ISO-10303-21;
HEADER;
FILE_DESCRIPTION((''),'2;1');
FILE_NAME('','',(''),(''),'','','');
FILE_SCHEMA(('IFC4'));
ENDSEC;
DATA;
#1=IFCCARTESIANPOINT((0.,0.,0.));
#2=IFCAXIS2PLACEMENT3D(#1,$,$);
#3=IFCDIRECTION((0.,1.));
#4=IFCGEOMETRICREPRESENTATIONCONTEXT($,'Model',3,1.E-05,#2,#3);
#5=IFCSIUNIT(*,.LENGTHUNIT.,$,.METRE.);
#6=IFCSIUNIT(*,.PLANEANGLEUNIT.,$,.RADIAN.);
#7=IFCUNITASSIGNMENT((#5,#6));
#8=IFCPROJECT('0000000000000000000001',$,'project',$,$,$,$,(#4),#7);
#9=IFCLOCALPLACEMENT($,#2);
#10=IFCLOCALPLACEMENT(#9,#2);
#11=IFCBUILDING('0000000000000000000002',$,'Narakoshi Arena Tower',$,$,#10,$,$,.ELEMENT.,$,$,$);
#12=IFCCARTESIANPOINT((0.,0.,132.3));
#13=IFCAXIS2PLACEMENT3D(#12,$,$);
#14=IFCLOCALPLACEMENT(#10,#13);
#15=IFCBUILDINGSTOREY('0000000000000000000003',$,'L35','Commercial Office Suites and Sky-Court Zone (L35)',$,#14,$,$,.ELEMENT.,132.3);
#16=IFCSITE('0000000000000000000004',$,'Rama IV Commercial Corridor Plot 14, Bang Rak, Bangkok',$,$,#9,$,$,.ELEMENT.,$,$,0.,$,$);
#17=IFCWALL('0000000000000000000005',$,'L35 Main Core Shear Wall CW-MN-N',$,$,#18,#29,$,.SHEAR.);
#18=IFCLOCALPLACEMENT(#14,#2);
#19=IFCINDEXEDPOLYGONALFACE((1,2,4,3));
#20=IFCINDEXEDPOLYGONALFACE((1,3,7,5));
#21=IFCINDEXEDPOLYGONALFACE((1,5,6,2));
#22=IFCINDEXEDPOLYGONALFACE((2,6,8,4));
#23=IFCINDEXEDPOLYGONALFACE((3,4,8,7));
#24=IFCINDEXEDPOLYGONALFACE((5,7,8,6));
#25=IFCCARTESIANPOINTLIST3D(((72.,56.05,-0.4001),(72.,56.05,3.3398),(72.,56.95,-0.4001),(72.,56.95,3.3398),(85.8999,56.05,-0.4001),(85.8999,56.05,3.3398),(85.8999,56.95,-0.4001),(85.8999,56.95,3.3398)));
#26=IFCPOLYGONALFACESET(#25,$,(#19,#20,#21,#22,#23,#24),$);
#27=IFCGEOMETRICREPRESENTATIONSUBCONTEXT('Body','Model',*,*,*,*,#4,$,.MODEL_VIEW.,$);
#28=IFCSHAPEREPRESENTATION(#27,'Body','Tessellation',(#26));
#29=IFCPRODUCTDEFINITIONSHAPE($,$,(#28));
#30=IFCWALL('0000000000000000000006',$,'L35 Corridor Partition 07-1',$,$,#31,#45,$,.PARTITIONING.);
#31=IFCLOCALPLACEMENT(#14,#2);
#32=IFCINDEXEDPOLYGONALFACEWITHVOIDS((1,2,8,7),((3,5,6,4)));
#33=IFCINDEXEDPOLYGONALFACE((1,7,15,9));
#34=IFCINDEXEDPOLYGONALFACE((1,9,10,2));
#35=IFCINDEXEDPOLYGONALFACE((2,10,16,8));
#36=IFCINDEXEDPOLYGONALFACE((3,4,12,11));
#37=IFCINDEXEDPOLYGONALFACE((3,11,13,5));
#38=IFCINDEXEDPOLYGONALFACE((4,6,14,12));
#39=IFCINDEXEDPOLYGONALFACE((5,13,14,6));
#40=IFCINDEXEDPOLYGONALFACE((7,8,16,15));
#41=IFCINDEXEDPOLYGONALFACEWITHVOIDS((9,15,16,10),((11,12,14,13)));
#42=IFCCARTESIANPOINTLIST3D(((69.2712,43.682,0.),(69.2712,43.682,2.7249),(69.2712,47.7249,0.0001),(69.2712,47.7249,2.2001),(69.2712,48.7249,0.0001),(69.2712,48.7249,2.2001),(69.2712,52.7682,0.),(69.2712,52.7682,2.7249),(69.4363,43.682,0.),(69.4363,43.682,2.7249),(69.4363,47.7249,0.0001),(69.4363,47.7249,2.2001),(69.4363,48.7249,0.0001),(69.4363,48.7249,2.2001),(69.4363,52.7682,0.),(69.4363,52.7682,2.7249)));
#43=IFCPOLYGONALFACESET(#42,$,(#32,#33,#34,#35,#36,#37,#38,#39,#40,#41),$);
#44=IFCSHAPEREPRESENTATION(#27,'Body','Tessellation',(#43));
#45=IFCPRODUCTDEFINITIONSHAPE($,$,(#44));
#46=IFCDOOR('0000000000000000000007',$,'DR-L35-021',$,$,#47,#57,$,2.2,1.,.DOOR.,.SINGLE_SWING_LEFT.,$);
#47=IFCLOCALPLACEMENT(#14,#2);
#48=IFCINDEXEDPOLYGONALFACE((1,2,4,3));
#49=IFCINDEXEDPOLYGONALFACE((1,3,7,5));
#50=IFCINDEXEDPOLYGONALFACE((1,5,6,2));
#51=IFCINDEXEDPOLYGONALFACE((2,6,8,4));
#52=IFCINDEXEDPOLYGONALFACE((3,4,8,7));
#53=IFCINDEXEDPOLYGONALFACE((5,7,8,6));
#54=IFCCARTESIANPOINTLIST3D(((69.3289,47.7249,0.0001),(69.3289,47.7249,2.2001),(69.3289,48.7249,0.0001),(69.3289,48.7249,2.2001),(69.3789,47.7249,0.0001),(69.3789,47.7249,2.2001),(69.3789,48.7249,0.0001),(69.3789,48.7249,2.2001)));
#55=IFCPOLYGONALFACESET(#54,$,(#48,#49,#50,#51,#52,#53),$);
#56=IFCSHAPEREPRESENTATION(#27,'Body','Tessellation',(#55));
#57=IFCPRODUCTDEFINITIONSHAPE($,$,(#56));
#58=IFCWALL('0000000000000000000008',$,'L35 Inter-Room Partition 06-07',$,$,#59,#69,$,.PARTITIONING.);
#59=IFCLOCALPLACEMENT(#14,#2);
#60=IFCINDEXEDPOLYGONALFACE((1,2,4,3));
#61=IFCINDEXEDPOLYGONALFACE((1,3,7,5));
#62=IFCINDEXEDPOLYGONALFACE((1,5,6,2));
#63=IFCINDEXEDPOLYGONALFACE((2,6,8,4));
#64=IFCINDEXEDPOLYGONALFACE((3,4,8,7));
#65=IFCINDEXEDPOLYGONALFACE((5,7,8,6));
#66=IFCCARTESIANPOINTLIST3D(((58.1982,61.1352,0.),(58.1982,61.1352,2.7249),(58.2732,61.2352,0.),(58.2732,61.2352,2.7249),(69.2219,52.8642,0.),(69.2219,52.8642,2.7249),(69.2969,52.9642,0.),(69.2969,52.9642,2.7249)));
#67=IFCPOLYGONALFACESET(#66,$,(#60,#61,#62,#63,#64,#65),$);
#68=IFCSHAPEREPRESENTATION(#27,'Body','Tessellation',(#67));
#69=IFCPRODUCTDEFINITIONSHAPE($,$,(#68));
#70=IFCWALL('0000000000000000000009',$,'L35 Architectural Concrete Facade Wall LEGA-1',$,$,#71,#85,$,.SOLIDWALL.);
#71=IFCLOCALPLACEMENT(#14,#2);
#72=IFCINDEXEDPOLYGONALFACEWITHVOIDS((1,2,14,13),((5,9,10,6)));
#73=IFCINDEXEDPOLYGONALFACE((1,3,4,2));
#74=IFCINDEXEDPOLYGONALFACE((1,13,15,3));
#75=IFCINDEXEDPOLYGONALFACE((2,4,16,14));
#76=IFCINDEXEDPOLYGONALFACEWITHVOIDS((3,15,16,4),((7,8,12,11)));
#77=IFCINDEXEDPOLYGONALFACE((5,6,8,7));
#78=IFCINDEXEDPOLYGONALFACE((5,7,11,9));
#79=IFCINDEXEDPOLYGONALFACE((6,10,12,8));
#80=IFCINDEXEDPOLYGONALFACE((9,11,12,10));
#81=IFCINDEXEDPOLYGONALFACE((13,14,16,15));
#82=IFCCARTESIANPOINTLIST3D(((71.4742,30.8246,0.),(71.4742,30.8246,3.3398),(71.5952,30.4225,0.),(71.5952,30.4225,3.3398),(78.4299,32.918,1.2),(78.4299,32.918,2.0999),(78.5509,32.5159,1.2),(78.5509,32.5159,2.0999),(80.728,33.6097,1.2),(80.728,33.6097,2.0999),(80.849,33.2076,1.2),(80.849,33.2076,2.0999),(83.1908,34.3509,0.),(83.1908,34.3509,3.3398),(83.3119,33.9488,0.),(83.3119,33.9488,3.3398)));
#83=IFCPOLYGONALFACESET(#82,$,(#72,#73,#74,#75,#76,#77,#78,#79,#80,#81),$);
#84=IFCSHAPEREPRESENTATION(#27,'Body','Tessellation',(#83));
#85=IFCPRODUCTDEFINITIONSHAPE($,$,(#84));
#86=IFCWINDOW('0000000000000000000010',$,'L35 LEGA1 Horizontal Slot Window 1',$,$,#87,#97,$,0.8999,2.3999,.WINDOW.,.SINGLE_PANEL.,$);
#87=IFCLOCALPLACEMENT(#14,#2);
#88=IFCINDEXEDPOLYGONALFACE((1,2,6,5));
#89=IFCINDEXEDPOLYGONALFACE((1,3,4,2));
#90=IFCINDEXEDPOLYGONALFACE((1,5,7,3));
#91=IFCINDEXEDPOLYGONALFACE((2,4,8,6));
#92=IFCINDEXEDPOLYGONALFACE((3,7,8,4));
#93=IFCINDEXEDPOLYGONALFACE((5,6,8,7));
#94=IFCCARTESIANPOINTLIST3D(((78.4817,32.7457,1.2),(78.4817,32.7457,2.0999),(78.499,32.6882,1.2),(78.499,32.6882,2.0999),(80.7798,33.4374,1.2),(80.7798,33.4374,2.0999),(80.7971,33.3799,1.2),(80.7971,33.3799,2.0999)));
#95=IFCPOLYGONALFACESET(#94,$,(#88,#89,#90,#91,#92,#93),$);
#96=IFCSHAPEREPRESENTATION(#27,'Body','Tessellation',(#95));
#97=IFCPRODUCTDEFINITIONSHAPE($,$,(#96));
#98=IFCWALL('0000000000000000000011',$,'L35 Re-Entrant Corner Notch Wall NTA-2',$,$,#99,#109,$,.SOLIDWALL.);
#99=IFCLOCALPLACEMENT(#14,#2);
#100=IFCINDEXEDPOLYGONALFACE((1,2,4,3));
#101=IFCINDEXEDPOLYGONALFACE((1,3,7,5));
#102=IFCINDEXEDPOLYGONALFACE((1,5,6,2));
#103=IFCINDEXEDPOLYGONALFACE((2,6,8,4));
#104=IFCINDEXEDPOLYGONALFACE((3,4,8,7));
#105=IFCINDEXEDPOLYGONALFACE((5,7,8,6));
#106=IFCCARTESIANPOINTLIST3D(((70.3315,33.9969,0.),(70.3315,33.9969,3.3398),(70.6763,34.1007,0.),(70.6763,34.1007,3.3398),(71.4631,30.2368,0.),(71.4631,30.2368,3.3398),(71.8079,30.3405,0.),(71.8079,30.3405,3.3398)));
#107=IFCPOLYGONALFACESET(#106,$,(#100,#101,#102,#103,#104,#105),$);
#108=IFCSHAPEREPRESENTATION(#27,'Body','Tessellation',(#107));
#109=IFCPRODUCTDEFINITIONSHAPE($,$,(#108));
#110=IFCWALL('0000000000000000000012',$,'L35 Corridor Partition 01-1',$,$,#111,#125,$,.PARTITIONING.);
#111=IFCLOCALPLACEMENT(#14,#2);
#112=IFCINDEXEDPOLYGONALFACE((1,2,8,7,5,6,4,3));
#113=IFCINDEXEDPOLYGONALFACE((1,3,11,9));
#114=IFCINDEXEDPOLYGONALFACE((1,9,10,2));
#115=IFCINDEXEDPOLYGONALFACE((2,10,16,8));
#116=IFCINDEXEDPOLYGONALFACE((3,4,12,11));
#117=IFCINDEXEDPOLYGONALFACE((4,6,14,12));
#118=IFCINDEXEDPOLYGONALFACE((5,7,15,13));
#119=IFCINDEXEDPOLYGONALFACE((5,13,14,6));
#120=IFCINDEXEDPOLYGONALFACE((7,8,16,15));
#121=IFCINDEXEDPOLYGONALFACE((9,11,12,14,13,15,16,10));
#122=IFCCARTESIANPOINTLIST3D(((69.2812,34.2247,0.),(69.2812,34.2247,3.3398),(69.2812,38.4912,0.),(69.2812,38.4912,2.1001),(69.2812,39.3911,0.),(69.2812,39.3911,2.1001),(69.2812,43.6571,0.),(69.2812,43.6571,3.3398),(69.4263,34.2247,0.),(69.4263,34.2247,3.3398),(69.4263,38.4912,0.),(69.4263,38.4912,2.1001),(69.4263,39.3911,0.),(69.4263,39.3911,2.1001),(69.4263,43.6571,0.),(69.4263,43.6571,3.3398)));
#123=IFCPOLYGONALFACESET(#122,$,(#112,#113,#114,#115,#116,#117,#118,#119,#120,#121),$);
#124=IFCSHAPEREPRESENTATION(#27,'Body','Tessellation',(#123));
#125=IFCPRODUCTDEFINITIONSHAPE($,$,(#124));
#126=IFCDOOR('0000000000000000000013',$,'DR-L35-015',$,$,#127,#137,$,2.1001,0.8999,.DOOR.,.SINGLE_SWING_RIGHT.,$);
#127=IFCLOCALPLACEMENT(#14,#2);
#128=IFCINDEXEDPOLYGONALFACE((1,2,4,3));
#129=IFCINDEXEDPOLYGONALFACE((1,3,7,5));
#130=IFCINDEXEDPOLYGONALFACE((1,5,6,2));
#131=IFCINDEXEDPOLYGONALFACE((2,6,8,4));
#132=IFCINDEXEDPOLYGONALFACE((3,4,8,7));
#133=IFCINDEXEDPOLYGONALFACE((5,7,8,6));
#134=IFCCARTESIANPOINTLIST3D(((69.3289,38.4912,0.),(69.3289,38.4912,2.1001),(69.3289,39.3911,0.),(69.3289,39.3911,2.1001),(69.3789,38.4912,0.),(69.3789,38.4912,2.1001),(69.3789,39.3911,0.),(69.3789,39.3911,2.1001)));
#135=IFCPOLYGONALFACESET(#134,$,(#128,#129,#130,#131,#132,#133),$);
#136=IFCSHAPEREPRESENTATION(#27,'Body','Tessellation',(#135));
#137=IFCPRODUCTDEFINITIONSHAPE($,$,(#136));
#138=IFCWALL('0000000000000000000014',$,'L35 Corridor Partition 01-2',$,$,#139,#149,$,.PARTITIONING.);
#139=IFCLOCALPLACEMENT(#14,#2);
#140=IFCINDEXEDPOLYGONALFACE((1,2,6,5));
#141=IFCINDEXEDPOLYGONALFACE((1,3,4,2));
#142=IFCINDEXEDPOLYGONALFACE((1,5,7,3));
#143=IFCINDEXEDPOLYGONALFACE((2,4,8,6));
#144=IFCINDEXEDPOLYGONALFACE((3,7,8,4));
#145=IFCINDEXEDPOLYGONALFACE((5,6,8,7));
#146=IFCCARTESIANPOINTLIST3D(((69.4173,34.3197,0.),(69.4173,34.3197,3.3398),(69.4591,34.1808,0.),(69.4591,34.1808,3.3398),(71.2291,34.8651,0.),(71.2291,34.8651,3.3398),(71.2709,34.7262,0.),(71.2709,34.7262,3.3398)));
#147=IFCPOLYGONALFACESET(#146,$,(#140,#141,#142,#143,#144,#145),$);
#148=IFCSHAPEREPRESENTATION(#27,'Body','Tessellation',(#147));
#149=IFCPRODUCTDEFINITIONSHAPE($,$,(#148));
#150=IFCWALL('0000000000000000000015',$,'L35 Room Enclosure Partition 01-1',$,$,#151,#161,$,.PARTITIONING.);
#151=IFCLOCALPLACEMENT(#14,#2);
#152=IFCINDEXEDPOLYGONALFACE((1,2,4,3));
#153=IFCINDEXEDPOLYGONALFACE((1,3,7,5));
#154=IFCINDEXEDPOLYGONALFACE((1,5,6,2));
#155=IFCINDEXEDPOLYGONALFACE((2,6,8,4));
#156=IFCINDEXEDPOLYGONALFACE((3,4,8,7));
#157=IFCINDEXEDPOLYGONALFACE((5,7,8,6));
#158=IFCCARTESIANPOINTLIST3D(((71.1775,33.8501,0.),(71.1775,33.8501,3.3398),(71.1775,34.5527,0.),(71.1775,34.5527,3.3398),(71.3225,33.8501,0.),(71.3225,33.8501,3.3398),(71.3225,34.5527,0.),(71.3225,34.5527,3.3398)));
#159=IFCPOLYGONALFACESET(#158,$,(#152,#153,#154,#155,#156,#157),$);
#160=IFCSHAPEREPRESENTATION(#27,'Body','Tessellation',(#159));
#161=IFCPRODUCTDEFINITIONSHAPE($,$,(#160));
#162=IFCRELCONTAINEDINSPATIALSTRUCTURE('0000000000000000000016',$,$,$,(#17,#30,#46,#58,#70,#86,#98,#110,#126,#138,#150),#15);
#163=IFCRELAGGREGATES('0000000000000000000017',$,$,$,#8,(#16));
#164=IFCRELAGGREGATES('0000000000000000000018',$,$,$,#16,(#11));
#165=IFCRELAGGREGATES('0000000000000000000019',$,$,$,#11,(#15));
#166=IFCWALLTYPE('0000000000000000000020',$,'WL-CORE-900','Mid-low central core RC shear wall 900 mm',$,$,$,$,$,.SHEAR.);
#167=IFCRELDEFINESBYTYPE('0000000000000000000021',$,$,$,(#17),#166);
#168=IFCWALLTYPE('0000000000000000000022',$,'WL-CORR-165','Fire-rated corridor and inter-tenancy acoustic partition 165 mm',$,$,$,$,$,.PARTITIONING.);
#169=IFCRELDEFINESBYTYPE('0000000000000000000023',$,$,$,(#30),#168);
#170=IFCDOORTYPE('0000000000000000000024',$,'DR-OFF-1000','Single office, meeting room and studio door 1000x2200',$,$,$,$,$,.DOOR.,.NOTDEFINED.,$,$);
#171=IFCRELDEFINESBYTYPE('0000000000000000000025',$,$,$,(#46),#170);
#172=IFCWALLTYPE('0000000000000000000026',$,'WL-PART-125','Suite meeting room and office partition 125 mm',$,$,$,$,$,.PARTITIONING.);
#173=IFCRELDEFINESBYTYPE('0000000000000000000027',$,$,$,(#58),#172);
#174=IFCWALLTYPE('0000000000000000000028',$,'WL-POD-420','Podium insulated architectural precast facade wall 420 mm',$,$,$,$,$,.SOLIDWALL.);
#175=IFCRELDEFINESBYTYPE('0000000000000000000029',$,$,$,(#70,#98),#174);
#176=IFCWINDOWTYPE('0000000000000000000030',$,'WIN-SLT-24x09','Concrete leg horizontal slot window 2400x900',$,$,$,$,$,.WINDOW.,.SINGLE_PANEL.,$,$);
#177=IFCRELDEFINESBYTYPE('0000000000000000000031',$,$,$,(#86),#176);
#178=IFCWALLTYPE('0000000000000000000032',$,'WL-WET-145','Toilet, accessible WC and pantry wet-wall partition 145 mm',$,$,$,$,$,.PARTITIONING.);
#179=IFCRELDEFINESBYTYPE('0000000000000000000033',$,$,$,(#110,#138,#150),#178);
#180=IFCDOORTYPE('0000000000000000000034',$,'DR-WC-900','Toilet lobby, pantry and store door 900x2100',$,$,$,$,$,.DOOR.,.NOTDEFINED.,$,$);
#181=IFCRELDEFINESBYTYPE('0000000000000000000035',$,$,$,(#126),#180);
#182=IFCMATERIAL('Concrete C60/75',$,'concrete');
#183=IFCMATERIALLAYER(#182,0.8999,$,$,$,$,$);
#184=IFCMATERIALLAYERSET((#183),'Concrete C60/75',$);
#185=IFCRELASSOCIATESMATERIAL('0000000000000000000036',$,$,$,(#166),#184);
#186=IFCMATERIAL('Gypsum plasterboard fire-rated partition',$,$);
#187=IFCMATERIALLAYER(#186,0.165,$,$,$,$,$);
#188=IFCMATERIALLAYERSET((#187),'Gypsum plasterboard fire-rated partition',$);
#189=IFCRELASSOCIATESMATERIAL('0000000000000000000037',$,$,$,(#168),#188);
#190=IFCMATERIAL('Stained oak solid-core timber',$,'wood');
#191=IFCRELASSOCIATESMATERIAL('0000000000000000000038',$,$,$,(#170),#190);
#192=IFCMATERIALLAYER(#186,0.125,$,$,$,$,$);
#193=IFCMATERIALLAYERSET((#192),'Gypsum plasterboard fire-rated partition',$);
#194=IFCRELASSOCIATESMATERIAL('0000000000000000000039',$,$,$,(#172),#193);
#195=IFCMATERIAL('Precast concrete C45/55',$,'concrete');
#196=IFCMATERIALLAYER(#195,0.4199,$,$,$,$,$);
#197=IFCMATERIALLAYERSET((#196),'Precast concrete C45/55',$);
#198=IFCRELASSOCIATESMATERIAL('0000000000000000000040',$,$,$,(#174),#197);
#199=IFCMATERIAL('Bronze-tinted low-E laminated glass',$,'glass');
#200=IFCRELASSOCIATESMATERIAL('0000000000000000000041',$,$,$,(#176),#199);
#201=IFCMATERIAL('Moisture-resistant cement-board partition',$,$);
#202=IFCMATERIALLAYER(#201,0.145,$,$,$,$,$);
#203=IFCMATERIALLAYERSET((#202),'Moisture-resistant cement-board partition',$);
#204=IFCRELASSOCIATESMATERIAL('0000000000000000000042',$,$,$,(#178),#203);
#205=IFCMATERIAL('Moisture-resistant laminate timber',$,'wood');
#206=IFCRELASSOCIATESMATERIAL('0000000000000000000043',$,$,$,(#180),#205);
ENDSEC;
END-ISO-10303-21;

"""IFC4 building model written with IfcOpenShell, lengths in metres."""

from ifc_helpers import new_model, si_unit, direction, frame, frame_2d, origin, place, context, subcontext, project, spatial, rectangle, extrude, material, layer, layer_set, type_object, element, fill, save


model = new_model("IFC4")

# Units and contexts
model_context = context("Model", 3, precision=1e-05, world=origin(), true_north=direction((0.0, 1.0)))
body_context = subcontext(model_context, "Body", "Model", "MODEL_VIEW")
ifc_project = project(units=[si_unit("LENGTHUNIT", "METRE"), si_unit("PLANEANGLEUNIT", "RADIAN")], contexts=[model_context])

# Site, building, storey
site_placement = place(None, origin())
site = spatial("IfcSite", under=ifc_project, at=site_placement, Name="Rama IV Commercial Corridor Plot 14, Bang Rak, Bangkok", CompositionType="ELEMENT", RefElevation=0.0)
building_placement = place(site_placement, origin())
building = spatial("IfcBuilding", under=site, at=building_placement, Name="Narakoshi Arena Tower", CompositionType="ELEMENT")
storey_placement = place(building_placement, frame((0.0, 0.0, 132.3)))
storey = spatial("IfcBuildingStorey", under=building, at=storey_placement, Name="L35", Description="Commercial Office Suites and Sky-Court Zone (L35)", CompositionType="ELEMENT", Elevation=132.3)

# Shared definitions
ifc_material_1 = material(Name="Concrete C60/75", Category="concrete")

# Wall
ifc_layer_1 = layer(ifc_material_1, 0.8999)
ifc_layer_set_1 = layer_set([ifc_layer_1], Name="Concrete C60/75")
wall_type_1 = type_object("IfcWallType", Name="WL-CORE-900", Description="Mid-low central core RC shear wall 900 mm", PredefinedType="SHEAR", material=ifc_layer_set_1)
for number, where, z_axis, x_axis, name in (
    (1, (72.0, 56.5, -0.4001), (0.0, 0.0, 1.0), (1.0, 0.0, 0.0), "L35 Main Core Shear Wall CW-MN-N"),
):
    element("IfcWall", number, at=place(storey_placement, frame(where, z_axis=z_axis, x_axis=x_axis)), inside=storey, type_object=wall_type_1, Name=name, PredefinedType="SHEAR", context=body_context, shape_type="SweptSolid", body=[
        extrude(rectangle(XDim=13.8999, YDim=0.8999, at=frame_2d((6.95, 0.0))), origin(), (0.0, 0.0, 1.0), 3.74),
    ])

# Wall, opening, door
ifc_material_2 = material(Name="Gypsum plasterboard fire-rated partition")
ifc_layer_2 = layer(ifc_material_2, 0.165)
ifc_layer_set_2 = layer_set([ifc_layer_2], Name="Gypsum plasterboard fire-rated partition")
wall_type_2 = type_object("IfcWallType", Name="WL-CORR-165", Description="Fire-rated corridor and inter-tenancy acoustic partition 165 mm", PredefinedType="PARTITIONING", material=ifc_layer_set_2)
wall_1_placement = place(storey_placement, frame((69.3538, 52.7681, 0.0), z_axis=(0.0, 0.0, 1.0), x_axis=(0.0, -1.0, 0.0)))
wall_1 = element("IfcWall", 2, at=wall_1_placement, inside=storey, type_object=wall_type_2, Name="L35 Corridor Partition 07-1", PredefinedType="PARTITIONING", context=body_context, shape_type="SweptSolid", body=[
    extrude(rectangle(XDim=9.0862, YDim=0.165, at=frame_2d((4.543, 0.0))), origin(), (0.0, 0.0, 1.0), 2.7249),
])
opening_1_placement = place(wall_1_placement, frame((4.0432, 0.0, 0.0)))
opening_1 = element("IfcOpeningElement", 3, at=opening_1_placement, cuts=wall_1, PredefinedType="OPENING", context=body_context, shape_type="SweptSolid", body=[
    extrude(rectangle(XDim=1.0, YDim=2.2, at=frame_2d((0.5, 1.1001))), frame((0.0, 0.0925, 0.0), z_axis=(0.0, -1.0, 0.0), x_axis=(1.0, 0.0, 0.0)), (0.0, 0.0, 1.0), 0.1851),
])
ifc_material_3 = material(Name="Stained oak solid-core timber", Category="wood")
door_type_1 = type_object("IfcDoorType", Name="DR-OFF-1000", Description="Single office, meeting room and studio door 1000x2200", OperationType="NOTDEFINED", PredefinedType="DOOR", material=ifc_material_3)
door_1_placement = place(opening_1_placement, frame((1.0, 0.0, 0.0), z_axis=(0.0, 0.0, 1.0), x_axis=(-1.0, 0.0, 0.0)))
door_1 = element("IfcDoor", 4, at=door_1_placement, inside=storey, type_object=door_type_1, Name="DR-L35-021", OperationType="SINGLE_SWING_LEFT", OverallHeight=2.2, OverallWidth=1.0, PredefinedType="DOOR", context=body_context, shape_type="SweptSolid", body=[
    extrude(rectangle(XDim=1.0, YDim=2.2, at=frame_2d((0.5, 1.1001))), frame((0.0, 0.0249, 0.0), z_axis=(0.0, -1.0, 0.0), x_axis=(1.0, 0.0, 0.0)), (0.0, 0.0, 1.0), 0.05),
])
fill(opening_1, door_1)

# Wall
ifc_layer_3 = layer(ifc_material_2, 0.125)
ifc_layer_set_3 = layer_set([ifc_layer_3], Name="Gypsum plasterboard fire-rated partition")
wall_type_3 = type_object("IfcWallType", Name="WL-PART-125", Description="Suite meeting room and office partition 125 mm", PredefinedType="PARTITIONING", material=ifc_layer_set_3)
wall_2_placement = place(storey_placement, frame((69.2593, 52.9143, 0.0), z_axis=(0.0, 0.0, 1.0), x_axis=(-0.799887, 0.60015, 0.0)))
element("IfcWall", 5, at=wall_2_placement, inside=storey, type_object=wall_type_3, Name="L35 Inter-Room Partition 06-07", PredefinedType="PARTITIONING", context=body_context, shape_type="SweptSolid", body=[
    extrude(rectangle(XDim=13.7815, YDim=0.125, at=frame_2d((6.8906, 0.0))), origin(), (0.0, 0.0, 1.0), 2.7249),
])

# Wall, opening, window
ifc_material_4 = material(Name="Precast concrete C45/55", Category="concrete")
ifc_layer_4 = layer(ifc_material_4, 0.4199)
ifc_layer_set_4 = layer_set([ifc_layer_4], Name="Precast concrete C45/55")
wall_type_4 = type_object("IfcWallType", Name="WL-POD-420", Description="Podium insulated architectural precast facade wall 420 mm", PredefinedType="SOLIDWALL", material=ifc_layer_set_4)
wall_3_placement = place(storey_placement, frame((71.5347, 30.6235, 0.0), z_axis=(0.0, 0.0, 1.0), x_axis=(0.957571, 0.288197, 0.0)))
wall_3 = element("IfcWall", 6, at=wall_3_placement, inside=storey, type_object=wall_type_4, Name="L35 Architectural Concrete Facade Wall LEGA-1", PredefinedType="SOLIDWALL", context=body_context, shape_type="SweptSolid", body=[
    extrude(rectangle(XDim=12.2358, YDim=0.4199, at=frame_2d((6.1179, 0.0))), origin(), (0.0, 0.0, 1.0), 3.3398),
])
opening_2_placement = place(wall_3_placement, frame((7.2639, 0.0, 1.2)))
opening_2 = element("IfcOpeningElement", 7, at=opening_2_placement, cuts=wall_3, PredefinedType="OPENING", context=body_context, shape_type="SweptSolid", body=[
    extrude(rectangle(XDim=2.3999, YDim=0.8999, at=frame_2d((1.2, 0.45))), frame((0.0, 0.22, 0.0), z_axis=(0.0, -1.0, 0.0), x_axis=(1.0, 0.0, 0.0)), (0.0, 0.0, 1.0), 0.4399),
])
ifc_material_5 = material(Name="Bronze-tinted low-E laminated glass", Category="glass")
window_type = type_object("IfcWindowType", Name="WIN-SLT-24x09", Description="Concrete leg horizontal slot window 2400x900", PartitioningType="SINGLE_PANEL", PredefinedType="WINDOW", material=ifc_material_5)
window_placement = place(opening_2_placement, origin())
window = element("IfcWindow", 8, at=window_placement, inside=storey, type_object=window_type, Name="L35 LEGA1 Horizontal Slot Window 1", OverallHeight=0.8999, OverallWidth=2.3999, PartitioningType="SINGLE_PANEL", PredefinedType="WINDOW", context=body_context, shape_type="SweptSolid", body=[
    extrude(rectangle(XDim=2.3999, YDim=0.8999, at=frame_2d((1.2, 0.45))), frame((0.0, 0.03, 0.0), z_axis=(0.0, -1.0, 0.0), x_axis=(1.0, 0.0, 0.0)), (0.0, 0.0, 1.0), 0.0601),
])
fill(opening_2, window)

# Wall
wall_4_placement = place(storey_placement, frame((70.5039, 34.0488, 0.0), z_axis=(0.0, 0.0, 1.0), x_axis=(0.288169, -0.95758, 0.0)))
element("IfcWall", 9, at=wall_4_placement, inside=storey, type_object=wall_type_4, Name="L35 Re-Entrant Corner Notch Wall NTA-2", PredefinedType="SOLIDWALL", context=body_context, shape_type="SweptSolid", body=[
    extrude(rectangle(XDim=3.9268, YDim=0.3601, at=frame_2d((1.9634, 0.0))), origin(), (0.0, 0.0, 1.0), 3.3398),
])

# Wall, opening, door
ifc_material_6 = material(Name="Moisture-resistant cement-board partition")
ifc_layer_5 = layer(ifc_material_6, 0.145)
ifc_layer_set_5 = layer_set([ifc_layer_5], Name="Moisture-resistant cement-board partition")
wall_type_5 = type_object("IfcWallType", Name="WL-WET-145", Description="Toilet, accessible WC and pantry wet-wall partition 145 mm", PredefinedType="PARTITIONING", material=ifc_layer_set_5)
wall_5_placement = place(storey_placement, frame((69.3538, 43.6572, 0.0), z_axis=(0.0, 0.0, 1.0), x_axis=(0.0, -1.0, 0.0)))
wall_5 = element("IfcWall", 10, at=wall_5_placement, inside=storey, type_object=wall_type_5, Name="L35 Corridor Partition 01-1", PredefinedType="PARTITIONING", context=body_context, shape_type="SweptSolid", body=[
    extrude(rectangle(XDim=9.4324, YDim=0.145, at=frame_2d((4.7163, 0.0))), origin(), (0.0, 0.0, 1.0), 3.3398),
])
opening_3_placement = place(wall_5_placement, frame((4.2661, 0.0, 0.0)))
opening_3 = element("IfcOpeningElement", 11, at=opening_3_placement, cuts=wall_5, PredefinedType="OPENING", context=body_context, shape_type="SweptSolid", body=[
    extrude(rectangle(XDim=0.8999, YDim=2.1001, at=frame_2d((0.45, 1.05))), frame((0.0, 0.0825, 0.0), z_axis=(0.0, -1.0, 0.0), x_axis=(1.0, 0.0, 0.0)), (0.0, 0.0, 1.0), 0.165),
])
ifc_material_7 = material(Name="Moisture-resistant laminate timber", Category="wood")
door_type_2 = type_object("IfcDoorType", Name="DR-WC-900", Description="Toilet lobby, pantry and store door 900x2100", OperationType="NOTDEFINED", PredefinedType="DOOR", material=ifc_material_7)
door_2_placement = place(opening_3_placement, frame((0.8999, 0.0, 0.0), z_axis=(0.0, 0.0, 1.0), x_axis=(-1.0, 0.0, 0.0)))
door_2 = element("IfcDoor", 12, at=door_2_placement, inside=storey, type_object=door_type_2, Name="DR-L35-015", OperationType="SINGLE_SWING_RIGHT", OverallHeight=2.1001, OverallWidth=0.8999, PredefinedType="DOOR", context=body_context, shape_type="SweptSolid", body=[
    extrude(rectangle(XDim=0.8999, YDim=2.1001, at=frame_2d((0.45, 1.05))), frame((0.0, 0.0249, 0.0), z_axis=(0.0, -1.0, 0.0), x_axis=(1.0, 0.0, 0.0)), (0.0, 0.0, 1.0), 0.05),
])
fill(opening_3, door_2)

# Walls
wall_6_placement = place(storey_placement, frame((69.4382, 34.2502, 0.0), z_axis=(0.0, 0.0, 1.0), x_axis=(0.957552, 0.288259, 0.0)))
element("IfcWall", 13, at=wall_6_placement, inside=storey, type_object=wall_type_5, Name="L35 Corridor Partition 01-2", PredefinedType="PARTITIONING", context=body_context, shape_type="SweptSolid", body=[
    extrude(rectangle(XDim=1.8921, YDim=0.145, at=frame_2d((0.946, 0.0))), origin(), (0.0, 0.0, 1.0), 3.3398),
])
wall_7_placement = place(storey_placement, frame((71.25, 34.5527, 0.0), z_axis=(0.0, 0.0, 1.0), x_axis=(0.0, -1.0, 0.0)))
element("IfcWall", 14, at=wall_7_placement, inside=storey, type_object=wall_type_5, Name="L35 Room Enclosure Partition 01-1", PredefinedType="PARTITIONING", context=body_context, shape_type="SweptSolid", body=[
    extrude(rectangle(XDim=0.7026, YDim=0.145, at=frame_2d((0.3513, 0.0))), origin(), (0.0, 0.0, 1.0), 3.3398),
])

save(model, "model.ifc")
